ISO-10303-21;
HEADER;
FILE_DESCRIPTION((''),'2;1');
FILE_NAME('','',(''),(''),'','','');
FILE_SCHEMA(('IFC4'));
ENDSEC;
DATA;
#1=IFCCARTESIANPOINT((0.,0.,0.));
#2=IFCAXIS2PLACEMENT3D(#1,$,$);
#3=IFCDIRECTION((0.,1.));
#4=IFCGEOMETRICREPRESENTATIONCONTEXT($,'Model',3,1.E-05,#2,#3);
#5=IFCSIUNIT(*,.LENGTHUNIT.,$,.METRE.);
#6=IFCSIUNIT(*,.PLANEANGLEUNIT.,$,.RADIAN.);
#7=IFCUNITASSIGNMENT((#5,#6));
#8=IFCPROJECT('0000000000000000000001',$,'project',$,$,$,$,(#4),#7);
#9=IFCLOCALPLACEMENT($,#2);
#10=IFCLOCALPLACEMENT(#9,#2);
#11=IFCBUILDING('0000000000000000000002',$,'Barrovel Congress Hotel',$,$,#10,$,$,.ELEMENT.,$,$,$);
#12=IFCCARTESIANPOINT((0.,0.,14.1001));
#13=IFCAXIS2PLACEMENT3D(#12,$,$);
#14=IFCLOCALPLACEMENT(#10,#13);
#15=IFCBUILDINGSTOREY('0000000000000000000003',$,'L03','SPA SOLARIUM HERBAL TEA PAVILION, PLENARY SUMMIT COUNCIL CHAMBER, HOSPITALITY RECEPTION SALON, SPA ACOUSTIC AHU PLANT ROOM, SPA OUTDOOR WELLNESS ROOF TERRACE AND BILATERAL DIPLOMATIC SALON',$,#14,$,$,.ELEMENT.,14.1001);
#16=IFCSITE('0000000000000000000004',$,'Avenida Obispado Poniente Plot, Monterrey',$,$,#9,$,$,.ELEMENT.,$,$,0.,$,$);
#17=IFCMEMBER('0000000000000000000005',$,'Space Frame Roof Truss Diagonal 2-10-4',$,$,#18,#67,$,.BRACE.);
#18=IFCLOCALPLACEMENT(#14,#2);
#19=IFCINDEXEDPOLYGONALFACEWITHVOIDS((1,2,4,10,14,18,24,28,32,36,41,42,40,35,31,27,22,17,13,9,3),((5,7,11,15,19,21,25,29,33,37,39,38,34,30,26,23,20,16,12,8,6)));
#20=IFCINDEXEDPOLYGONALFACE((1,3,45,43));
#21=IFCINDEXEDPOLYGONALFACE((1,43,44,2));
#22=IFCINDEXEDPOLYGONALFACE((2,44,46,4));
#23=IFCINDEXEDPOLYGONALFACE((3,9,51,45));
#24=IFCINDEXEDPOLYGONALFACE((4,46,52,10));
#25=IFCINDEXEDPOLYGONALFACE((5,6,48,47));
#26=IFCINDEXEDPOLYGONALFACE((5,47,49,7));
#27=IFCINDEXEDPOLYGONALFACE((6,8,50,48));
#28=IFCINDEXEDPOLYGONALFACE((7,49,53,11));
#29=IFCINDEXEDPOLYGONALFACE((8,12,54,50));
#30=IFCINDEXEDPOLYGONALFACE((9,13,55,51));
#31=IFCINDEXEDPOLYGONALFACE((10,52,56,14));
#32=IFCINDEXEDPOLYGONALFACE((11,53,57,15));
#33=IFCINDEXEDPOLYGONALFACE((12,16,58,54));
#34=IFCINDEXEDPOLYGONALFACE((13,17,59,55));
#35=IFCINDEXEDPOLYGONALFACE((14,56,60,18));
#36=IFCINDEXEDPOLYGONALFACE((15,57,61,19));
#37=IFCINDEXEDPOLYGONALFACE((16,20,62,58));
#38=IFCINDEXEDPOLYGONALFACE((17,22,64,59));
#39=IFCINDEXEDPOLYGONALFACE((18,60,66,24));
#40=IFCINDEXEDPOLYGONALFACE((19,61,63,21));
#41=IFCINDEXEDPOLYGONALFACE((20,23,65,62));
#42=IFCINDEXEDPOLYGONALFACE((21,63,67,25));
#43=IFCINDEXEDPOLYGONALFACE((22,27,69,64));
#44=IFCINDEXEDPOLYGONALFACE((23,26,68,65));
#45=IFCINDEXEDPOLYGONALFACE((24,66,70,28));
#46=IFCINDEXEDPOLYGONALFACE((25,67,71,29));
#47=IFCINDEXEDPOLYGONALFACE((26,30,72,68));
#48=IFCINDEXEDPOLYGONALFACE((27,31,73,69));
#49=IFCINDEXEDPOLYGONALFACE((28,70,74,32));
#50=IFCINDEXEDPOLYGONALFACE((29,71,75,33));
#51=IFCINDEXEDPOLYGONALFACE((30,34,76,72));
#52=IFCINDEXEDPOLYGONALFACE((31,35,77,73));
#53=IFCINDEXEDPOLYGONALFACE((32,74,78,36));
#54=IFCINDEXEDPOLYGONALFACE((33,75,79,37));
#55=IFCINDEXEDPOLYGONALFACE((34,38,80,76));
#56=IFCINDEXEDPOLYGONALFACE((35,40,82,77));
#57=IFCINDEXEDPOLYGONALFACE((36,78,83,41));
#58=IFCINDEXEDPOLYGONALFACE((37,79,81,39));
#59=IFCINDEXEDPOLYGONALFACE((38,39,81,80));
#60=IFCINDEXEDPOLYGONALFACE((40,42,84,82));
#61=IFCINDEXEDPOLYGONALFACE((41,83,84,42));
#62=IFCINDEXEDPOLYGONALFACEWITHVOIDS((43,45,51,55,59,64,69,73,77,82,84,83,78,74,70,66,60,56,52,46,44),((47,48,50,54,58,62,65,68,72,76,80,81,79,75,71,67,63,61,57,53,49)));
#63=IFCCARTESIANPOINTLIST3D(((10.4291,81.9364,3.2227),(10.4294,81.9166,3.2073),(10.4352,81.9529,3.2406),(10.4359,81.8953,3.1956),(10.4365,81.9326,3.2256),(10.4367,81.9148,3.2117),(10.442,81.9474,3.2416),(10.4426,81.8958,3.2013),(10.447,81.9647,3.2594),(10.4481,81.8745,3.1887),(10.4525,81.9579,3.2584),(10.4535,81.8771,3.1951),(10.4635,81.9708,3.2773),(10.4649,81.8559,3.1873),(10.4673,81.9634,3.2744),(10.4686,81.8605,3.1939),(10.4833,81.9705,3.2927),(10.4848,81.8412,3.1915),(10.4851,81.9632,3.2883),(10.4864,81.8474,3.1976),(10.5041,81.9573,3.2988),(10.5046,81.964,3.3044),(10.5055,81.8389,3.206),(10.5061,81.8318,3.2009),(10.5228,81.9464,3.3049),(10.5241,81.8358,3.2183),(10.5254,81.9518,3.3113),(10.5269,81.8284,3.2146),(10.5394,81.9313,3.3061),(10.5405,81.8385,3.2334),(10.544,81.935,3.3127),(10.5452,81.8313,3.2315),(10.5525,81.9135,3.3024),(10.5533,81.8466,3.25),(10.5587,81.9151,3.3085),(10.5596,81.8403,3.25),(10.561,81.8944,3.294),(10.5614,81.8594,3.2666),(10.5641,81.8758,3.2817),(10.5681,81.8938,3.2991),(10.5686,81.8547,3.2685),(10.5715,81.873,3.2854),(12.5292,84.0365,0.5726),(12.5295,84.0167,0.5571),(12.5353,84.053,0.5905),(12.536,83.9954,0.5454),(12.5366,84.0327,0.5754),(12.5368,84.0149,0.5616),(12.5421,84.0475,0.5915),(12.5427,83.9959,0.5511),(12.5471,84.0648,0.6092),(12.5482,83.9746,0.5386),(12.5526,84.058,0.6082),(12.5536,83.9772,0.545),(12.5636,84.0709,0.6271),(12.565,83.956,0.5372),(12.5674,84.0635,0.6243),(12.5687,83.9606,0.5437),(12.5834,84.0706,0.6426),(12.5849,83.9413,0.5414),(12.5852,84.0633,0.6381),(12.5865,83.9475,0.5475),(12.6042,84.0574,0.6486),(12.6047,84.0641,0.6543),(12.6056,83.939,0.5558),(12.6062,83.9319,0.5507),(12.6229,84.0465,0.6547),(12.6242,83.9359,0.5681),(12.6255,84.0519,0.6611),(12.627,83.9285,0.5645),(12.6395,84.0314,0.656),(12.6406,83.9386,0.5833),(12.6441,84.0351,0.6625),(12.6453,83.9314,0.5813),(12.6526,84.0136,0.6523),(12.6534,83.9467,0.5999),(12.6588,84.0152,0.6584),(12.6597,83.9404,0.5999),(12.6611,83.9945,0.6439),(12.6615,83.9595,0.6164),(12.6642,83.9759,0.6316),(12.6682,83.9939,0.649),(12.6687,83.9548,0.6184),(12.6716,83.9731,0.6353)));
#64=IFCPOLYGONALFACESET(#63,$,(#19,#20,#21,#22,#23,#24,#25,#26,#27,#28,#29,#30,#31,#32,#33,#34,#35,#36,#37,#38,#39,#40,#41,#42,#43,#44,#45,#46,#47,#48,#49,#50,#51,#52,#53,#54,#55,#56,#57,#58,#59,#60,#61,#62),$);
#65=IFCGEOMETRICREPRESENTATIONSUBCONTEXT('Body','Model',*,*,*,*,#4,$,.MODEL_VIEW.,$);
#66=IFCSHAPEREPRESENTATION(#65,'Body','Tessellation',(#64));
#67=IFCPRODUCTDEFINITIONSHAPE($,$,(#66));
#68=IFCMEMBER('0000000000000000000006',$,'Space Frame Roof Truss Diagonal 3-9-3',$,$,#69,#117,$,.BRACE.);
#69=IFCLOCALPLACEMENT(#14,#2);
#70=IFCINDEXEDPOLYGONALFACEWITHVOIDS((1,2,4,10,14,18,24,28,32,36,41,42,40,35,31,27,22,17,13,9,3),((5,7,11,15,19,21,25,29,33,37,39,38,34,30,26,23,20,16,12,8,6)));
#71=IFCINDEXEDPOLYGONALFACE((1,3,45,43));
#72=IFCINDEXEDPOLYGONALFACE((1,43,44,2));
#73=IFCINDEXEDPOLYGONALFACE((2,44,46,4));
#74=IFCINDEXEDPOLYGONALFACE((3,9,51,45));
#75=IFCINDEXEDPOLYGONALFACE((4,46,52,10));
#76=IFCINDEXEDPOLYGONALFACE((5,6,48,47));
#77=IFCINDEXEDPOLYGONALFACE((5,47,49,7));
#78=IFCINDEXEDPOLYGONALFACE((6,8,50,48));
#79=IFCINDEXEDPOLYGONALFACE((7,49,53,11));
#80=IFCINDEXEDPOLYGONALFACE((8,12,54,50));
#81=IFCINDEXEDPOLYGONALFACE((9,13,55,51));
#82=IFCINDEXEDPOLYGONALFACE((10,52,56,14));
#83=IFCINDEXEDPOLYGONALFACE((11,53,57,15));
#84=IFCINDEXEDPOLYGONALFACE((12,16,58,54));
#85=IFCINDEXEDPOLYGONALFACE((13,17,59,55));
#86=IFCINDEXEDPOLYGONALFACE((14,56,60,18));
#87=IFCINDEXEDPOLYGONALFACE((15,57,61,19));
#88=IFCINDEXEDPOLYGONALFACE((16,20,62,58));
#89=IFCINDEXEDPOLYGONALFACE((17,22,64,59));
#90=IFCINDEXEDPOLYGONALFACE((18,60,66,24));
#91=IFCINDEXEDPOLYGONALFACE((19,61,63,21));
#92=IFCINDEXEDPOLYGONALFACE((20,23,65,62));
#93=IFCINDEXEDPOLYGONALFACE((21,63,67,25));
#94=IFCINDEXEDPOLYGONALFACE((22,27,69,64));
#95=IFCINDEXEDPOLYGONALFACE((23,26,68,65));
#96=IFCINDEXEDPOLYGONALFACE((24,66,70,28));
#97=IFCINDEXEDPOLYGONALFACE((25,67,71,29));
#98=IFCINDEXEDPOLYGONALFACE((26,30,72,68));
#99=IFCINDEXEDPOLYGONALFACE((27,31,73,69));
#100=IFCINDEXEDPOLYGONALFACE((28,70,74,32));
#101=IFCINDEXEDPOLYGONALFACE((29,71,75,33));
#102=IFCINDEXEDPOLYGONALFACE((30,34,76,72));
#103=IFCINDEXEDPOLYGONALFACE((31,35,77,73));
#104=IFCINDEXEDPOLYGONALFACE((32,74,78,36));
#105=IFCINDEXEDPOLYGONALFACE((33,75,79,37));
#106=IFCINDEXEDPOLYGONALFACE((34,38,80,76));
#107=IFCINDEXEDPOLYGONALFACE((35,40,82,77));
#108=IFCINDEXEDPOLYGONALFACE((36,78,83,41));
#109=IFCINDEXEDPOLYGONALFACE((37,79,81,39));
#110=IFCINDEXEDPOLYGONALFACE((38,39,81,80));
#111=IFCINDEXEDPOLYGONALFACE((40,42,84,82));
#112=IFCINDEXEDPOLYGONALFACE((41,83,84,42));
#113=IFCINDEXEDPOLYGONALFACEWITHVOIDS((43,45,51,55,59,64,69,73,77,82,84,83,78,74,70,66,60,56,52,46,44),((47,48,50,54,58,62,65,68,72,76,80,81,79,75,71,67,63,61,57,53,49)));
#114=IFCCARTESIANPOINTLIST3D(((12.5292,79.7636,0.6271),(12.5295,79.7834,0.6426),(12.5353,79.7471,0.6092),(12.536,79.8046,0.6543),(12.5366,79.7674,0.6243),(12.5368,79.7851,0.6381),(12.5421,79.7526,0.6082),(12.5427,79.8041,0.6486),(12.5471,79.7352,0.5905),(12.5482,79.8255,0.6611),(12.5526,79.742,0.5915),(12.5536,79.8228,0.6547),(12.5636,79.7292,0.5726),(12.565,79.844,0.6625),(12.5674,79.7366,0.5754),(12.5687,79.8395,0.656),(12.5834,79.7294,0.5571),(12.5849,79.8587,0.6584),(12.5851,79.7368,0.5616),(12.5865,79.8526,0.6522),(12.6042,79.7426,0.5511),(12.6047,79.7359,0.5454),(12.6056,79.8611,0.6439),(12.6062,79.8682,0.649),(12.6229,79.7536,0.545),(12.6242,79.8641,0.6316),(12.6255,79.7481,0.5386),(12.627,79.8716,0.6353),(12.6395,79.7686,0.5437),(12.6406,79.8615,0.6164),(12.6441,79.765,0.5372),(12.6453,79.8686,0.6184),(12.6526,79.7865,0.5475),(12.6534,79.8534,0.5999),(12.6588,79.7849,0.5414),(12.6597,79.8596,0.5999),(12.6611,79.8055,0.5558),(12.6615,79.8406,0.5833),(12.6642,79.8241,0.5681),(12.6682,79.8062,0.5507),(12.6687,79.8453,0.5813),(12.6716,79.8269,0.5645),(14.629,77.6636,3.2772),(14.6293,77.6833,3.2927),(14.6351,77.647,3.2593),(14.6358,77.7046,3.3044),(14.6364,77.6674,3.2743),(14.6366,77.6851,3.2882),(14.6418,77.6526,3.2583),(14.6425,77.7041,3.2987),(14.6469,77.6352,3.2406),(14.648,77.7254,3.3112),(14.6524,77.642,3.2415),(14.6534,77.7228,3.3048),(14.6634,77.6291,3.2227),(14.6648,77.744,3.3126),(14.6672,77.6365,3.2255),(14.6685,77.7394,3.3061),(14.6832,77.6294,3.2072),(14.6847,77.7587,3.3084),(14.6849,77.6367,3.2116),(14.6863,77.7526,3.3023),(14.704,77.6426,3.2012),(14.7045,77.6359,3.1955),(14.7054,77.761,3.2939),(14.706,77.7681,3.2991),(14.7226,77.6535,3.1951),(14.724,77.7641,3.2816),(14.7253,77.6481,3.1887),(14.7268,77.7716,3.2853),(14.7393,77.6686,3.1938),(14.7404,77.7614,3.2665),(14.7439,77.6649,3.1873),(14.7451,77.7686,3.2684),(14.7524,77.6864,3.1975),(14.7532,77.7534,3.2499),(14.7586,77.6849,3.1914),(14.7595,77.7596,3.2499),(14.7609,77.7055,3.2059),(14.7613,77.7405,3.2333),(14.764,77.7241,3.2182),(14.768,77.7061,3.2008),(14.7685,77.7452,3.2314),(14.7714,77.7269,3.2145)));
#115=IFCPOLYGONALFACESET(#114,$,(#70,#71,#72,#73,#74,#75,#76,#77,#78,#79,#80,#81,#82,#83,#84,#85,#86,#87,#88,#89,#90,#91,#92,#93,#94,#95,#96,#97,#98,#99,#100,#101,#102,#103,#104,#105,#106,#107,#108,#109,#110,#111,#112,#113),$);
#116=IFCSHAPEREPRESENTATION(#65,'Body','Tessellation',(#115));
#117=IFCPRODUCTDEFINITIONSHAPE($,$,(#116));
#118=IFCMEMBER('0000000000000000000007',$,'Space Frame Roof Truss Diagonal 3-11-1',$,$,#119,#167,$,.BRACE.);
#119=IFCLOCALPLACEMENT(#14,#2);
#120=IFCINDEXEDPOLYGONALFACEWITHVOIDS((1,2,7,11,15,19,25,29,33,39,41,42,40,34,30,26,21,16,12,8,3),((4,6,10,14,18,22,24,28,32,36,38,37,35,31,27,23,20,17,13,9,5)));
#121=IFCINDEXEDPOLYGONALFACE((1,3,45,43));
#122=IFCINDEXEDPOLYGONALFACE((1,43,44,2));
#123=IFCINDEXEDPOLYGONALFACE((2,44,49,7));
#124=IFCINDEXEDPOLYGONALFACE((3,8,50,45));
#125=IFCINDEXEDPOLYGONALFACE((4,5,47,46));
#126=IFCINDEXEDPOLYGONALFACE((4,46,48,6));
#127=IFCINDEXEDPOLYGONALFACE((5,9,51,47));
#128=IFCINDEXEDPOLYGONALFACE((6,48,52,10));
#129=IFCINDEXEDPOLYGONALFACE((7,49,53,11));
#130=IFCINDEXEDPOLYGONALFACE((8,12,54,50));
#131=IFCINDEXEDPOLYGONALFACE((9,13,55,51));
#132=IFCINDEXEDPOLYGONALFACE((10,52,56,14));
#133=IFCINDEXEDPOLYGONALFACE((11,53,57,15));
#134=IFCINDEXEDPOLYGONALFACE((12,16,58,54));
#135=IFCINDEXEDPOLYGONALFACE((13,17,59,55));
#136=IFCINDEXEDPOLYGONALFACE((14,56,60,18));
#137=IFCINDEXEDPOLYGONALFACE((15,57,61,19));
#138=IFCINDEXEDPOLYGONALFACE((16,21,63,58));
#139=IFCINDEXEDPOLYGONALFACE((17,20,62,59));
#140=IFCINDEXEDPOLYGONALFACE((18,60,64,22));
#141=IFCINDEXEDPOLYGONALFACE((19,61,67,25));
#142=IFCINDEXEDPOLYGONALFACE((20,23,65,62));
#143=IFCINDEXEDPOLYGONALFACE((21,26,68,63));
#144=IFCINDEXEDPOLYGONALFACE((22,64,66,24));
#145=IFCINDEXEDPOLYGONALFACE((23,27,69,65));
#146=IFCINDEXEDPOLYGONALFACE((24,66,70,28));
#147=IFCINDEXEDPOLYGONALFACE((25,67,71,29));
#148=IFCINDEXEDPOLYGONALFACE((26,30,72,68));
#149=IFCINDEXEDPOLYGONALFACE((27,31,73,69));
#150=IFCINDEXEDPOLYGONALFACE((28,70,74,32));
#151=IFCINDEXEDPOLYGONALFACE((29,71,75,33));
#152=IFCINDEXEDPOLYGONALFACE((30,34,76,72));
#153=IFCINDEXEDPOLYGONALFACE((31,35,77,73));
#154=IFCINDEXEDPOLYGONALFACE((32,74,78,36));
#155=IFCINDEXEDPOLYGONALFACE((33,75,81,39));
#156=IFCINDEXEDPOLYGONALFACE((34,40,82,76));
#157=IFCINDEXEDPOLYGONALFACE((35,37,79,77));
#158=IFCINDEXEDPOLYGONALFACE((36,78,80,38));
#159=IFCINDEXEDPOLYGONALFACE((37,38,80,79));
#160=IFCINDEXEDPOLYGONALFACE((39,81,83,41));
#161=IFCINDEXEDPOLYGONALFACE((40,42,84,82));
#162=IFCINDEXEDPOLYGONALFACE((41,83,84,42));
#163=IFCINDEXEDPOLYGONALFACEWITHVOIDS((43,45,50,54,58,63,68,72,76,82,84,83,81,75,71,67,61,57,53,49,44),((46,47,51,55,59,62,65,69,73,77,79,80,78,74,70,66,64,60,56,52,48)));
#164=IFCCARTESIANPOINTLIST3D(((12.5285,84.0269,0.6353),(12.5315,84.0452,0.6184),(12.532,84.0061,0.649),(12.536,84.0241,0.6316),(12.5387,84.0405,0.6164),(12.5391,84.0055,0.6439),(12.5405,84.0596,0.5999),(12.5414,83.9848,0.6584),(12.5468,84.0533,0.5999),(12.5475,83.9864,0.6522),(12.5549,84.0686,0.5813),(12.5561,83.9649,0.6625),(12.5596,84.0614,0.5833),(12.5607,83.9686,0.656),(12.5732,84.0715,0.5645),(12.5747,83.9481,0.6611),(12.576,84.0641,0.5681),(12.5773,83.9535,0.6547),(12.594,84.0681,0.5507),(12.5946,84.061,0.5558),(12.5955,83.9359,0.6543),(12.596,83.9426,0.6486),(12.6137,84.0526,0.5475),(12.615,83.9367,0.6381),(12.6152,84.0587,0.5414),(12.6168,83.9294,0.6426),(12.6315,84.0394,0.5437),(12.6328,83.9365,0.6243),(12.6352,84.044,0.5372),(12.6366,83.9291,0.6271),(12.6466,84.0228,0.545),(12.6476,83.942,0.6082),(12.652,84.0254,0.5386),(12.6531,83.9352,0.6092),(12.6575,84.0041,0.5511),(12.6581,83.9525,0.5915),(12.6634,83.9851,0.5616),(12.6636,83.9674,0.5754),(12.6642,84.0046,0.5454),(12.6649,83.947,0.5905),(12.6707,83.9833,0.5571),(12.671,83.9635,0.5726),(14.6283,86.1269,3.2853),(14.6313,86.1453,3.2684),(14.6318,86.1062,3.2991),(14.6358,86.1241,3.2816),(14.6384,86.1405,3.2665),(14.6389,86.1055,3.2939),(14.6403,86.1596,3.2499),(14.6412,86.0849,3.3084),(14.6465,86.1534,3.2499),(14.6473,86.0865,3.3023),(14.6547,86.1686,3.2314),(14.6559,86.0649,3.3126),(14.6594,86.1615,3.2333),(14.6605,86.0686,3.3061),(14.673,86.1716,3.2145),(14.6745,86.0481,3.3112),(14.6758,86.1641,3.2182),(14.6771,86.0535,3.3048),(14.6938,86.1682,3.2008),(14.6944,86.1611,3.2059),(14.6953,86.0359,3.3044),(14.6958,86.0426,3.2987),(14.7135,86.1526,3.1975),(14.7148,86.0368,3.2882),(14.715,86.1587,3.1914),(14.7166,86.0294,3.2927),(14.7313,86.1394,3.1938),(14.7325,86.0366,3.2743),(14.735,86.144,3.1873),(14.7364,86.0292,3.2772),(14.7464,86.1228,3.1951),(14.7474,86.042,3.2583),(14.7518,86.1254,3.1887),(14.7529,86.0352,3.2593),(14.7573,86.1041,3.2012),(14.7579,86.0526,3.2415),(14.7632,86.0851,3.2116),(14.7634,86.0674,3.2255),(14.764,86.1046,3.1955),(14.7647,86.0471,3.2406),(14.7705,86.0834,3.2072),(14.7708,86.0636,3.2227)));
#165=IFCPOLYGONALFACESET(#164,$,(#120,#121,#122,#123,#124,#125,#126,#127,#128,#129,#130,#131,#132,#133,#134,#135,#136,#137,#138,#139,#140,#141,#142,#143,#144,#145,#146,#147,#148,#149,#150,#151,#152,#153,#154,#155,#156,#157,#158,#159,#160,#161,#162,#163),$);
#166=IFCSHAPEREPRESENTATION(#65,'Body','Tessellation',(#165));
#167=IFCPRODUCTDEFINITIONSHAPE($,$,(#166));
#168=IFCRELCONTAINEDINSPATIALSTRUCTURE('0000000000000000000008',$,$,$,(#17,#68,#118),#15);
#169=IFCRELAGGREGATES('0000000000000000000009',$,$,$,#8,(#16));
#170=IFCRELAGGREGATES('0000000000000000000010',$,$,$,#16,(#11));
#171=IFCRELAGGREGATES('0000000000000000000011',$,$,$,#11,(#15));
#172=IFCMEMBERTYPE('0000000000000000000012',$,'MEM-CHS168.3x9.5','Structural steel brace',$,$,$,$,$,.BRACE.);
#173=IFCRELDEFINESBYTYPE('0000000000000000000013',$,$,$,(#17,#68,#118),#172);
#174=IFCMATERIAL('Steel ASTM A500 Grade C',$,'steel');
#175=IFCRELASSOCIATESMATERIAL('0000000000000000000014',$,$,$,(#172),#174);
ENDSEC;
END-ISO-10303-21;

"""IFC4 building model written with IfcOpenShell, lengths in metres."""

from ifc_helpers import new_model, si_unit, direction, frame, origin, origin_2d, place, context, subcontext, project, spatial, hollow_circle, extrude, material, material_profile, profile_set, type_object, element, save


model = new_model("IFC4")

# Units and contexts
model_context = context("Model", 3, precision=1e-05, world=origin(), true_north=direction((0.0, 1.0)))
body_context = subcontext(model_context, "Body", "Model", "MODEL_VIEW")
ifc_project = project(units=[si_unit("LENGTHUNIT", "METRE"), si_unit("PLANEANGLEUNIT", "RADIAN")], contexts=[model_context])

# Site, building, storey
site_placement = place(None, origin())
site = spatial("IfcSite", under=ifc_project, at=site_placement, Name="Avenida Obispado Poniente Plot, Monterrey", CompositionType="ELEMENT", RefElevation=0.0)
building_placement = place(site_placement, origin())
building = spatial("IfcBuilding", under=site, at=building_placement, Name="Barrovel Congress Hotel", CompositionType="ELEMENT")
storey_placement = place(building_placement, frame((0.0, 0.0, 14.1001)))
storey = spatial("IfcBuildingStorey", under=building, at=storey_placement, Name="L03", Description="SPA SOLARIUM HERBAL TEA PAVILION, PLENARY SUMMIT COUNCIL CHAMBER, HOSPITALITY RECEPTION SALON, SPA ACOUSTIC AHU PLANT ROOM, SPA OUTDOOR WELLNESS ROOF TERRACE AND BILATERAL DIPLOMATIC SALON", CompositionType="ELEMENT", Elevation=14.1001)

# Members
ifc_material_1 = material(Name="Steel ASTM A500 Grade C", Category="steel")
ifc_material_profile_1 = material_profile(ifc_material_1, hollow_circle(Radius=0.0842, WallThickness=0.0088, at=origin_2d()), Name="CHS168.3x9.5")
ifc_profile_set_1 = profile_set([ifc_material_profile_1], Name="Steel ASTM A500 Grade C")
member_type_1 = type_object("IfcMemberType", Name="MEM-CHS168.3x9.5", Description="Structural steel brace", PredefinedType="BRACE", material=ifc_profile_set_1)
for number, where, z_axis, x_axis, name in (
    (1, (12.6001, 84.0, 0.5999), (-0.527601, -0.527601, 0.665788), (0.707107, -0.707107, 0.0), "Space Frame Roof Truss Diagonal 2-10-4"),
):
    element("IfcMember", number, at=place(storey_placement, frame(where, z_axis=z_axis, x_axis=x_axis)), inside=storey, type_object=member_type_1, Name=name, PredefinedType="BRACE", context=body_context, shape_type="SweptSolid", body=[
        extrude(hollow_circle(Radius=0.0842, WallThickness=0.0088, at=origin_2d()), origin(), (0.0, 0.0, 1.0), 3.9805),
    ])
for number, where, z_axis, x_axis, name in (
    (2, (12.6001, 79.8, 0.5999), (0.527557, -0.527618, 0.66581), (0.707148, 0.707066, 0.0), "Space Frame Roof Truss Diagonal 3-9-3"),
    (3, (12.6001, 84.0, 0.5999), (0.527557, 0.527618, 0.66581), (-0.707148, 0.707066, 0.0), "Space Frame Roof Truss Diagonal 3-11-1"),
):
    element("IfcMember", number, at=place(storey_placement, frame(where, z_axis=z_axis, x_axis=x_axis)), inside=storey, type_object=member_type_1, Name=name, PredefinedType="BRACE", context=body_context, shape_type="SweptSolid", body=[
        extrude(hollow_circle(Radius=0.0842, WallThickness=0.0088, at=origin_2d()), origin(), (0.0, 0.0, 1.0), 3.9802),
    ])

save(model, "model.ifc")
